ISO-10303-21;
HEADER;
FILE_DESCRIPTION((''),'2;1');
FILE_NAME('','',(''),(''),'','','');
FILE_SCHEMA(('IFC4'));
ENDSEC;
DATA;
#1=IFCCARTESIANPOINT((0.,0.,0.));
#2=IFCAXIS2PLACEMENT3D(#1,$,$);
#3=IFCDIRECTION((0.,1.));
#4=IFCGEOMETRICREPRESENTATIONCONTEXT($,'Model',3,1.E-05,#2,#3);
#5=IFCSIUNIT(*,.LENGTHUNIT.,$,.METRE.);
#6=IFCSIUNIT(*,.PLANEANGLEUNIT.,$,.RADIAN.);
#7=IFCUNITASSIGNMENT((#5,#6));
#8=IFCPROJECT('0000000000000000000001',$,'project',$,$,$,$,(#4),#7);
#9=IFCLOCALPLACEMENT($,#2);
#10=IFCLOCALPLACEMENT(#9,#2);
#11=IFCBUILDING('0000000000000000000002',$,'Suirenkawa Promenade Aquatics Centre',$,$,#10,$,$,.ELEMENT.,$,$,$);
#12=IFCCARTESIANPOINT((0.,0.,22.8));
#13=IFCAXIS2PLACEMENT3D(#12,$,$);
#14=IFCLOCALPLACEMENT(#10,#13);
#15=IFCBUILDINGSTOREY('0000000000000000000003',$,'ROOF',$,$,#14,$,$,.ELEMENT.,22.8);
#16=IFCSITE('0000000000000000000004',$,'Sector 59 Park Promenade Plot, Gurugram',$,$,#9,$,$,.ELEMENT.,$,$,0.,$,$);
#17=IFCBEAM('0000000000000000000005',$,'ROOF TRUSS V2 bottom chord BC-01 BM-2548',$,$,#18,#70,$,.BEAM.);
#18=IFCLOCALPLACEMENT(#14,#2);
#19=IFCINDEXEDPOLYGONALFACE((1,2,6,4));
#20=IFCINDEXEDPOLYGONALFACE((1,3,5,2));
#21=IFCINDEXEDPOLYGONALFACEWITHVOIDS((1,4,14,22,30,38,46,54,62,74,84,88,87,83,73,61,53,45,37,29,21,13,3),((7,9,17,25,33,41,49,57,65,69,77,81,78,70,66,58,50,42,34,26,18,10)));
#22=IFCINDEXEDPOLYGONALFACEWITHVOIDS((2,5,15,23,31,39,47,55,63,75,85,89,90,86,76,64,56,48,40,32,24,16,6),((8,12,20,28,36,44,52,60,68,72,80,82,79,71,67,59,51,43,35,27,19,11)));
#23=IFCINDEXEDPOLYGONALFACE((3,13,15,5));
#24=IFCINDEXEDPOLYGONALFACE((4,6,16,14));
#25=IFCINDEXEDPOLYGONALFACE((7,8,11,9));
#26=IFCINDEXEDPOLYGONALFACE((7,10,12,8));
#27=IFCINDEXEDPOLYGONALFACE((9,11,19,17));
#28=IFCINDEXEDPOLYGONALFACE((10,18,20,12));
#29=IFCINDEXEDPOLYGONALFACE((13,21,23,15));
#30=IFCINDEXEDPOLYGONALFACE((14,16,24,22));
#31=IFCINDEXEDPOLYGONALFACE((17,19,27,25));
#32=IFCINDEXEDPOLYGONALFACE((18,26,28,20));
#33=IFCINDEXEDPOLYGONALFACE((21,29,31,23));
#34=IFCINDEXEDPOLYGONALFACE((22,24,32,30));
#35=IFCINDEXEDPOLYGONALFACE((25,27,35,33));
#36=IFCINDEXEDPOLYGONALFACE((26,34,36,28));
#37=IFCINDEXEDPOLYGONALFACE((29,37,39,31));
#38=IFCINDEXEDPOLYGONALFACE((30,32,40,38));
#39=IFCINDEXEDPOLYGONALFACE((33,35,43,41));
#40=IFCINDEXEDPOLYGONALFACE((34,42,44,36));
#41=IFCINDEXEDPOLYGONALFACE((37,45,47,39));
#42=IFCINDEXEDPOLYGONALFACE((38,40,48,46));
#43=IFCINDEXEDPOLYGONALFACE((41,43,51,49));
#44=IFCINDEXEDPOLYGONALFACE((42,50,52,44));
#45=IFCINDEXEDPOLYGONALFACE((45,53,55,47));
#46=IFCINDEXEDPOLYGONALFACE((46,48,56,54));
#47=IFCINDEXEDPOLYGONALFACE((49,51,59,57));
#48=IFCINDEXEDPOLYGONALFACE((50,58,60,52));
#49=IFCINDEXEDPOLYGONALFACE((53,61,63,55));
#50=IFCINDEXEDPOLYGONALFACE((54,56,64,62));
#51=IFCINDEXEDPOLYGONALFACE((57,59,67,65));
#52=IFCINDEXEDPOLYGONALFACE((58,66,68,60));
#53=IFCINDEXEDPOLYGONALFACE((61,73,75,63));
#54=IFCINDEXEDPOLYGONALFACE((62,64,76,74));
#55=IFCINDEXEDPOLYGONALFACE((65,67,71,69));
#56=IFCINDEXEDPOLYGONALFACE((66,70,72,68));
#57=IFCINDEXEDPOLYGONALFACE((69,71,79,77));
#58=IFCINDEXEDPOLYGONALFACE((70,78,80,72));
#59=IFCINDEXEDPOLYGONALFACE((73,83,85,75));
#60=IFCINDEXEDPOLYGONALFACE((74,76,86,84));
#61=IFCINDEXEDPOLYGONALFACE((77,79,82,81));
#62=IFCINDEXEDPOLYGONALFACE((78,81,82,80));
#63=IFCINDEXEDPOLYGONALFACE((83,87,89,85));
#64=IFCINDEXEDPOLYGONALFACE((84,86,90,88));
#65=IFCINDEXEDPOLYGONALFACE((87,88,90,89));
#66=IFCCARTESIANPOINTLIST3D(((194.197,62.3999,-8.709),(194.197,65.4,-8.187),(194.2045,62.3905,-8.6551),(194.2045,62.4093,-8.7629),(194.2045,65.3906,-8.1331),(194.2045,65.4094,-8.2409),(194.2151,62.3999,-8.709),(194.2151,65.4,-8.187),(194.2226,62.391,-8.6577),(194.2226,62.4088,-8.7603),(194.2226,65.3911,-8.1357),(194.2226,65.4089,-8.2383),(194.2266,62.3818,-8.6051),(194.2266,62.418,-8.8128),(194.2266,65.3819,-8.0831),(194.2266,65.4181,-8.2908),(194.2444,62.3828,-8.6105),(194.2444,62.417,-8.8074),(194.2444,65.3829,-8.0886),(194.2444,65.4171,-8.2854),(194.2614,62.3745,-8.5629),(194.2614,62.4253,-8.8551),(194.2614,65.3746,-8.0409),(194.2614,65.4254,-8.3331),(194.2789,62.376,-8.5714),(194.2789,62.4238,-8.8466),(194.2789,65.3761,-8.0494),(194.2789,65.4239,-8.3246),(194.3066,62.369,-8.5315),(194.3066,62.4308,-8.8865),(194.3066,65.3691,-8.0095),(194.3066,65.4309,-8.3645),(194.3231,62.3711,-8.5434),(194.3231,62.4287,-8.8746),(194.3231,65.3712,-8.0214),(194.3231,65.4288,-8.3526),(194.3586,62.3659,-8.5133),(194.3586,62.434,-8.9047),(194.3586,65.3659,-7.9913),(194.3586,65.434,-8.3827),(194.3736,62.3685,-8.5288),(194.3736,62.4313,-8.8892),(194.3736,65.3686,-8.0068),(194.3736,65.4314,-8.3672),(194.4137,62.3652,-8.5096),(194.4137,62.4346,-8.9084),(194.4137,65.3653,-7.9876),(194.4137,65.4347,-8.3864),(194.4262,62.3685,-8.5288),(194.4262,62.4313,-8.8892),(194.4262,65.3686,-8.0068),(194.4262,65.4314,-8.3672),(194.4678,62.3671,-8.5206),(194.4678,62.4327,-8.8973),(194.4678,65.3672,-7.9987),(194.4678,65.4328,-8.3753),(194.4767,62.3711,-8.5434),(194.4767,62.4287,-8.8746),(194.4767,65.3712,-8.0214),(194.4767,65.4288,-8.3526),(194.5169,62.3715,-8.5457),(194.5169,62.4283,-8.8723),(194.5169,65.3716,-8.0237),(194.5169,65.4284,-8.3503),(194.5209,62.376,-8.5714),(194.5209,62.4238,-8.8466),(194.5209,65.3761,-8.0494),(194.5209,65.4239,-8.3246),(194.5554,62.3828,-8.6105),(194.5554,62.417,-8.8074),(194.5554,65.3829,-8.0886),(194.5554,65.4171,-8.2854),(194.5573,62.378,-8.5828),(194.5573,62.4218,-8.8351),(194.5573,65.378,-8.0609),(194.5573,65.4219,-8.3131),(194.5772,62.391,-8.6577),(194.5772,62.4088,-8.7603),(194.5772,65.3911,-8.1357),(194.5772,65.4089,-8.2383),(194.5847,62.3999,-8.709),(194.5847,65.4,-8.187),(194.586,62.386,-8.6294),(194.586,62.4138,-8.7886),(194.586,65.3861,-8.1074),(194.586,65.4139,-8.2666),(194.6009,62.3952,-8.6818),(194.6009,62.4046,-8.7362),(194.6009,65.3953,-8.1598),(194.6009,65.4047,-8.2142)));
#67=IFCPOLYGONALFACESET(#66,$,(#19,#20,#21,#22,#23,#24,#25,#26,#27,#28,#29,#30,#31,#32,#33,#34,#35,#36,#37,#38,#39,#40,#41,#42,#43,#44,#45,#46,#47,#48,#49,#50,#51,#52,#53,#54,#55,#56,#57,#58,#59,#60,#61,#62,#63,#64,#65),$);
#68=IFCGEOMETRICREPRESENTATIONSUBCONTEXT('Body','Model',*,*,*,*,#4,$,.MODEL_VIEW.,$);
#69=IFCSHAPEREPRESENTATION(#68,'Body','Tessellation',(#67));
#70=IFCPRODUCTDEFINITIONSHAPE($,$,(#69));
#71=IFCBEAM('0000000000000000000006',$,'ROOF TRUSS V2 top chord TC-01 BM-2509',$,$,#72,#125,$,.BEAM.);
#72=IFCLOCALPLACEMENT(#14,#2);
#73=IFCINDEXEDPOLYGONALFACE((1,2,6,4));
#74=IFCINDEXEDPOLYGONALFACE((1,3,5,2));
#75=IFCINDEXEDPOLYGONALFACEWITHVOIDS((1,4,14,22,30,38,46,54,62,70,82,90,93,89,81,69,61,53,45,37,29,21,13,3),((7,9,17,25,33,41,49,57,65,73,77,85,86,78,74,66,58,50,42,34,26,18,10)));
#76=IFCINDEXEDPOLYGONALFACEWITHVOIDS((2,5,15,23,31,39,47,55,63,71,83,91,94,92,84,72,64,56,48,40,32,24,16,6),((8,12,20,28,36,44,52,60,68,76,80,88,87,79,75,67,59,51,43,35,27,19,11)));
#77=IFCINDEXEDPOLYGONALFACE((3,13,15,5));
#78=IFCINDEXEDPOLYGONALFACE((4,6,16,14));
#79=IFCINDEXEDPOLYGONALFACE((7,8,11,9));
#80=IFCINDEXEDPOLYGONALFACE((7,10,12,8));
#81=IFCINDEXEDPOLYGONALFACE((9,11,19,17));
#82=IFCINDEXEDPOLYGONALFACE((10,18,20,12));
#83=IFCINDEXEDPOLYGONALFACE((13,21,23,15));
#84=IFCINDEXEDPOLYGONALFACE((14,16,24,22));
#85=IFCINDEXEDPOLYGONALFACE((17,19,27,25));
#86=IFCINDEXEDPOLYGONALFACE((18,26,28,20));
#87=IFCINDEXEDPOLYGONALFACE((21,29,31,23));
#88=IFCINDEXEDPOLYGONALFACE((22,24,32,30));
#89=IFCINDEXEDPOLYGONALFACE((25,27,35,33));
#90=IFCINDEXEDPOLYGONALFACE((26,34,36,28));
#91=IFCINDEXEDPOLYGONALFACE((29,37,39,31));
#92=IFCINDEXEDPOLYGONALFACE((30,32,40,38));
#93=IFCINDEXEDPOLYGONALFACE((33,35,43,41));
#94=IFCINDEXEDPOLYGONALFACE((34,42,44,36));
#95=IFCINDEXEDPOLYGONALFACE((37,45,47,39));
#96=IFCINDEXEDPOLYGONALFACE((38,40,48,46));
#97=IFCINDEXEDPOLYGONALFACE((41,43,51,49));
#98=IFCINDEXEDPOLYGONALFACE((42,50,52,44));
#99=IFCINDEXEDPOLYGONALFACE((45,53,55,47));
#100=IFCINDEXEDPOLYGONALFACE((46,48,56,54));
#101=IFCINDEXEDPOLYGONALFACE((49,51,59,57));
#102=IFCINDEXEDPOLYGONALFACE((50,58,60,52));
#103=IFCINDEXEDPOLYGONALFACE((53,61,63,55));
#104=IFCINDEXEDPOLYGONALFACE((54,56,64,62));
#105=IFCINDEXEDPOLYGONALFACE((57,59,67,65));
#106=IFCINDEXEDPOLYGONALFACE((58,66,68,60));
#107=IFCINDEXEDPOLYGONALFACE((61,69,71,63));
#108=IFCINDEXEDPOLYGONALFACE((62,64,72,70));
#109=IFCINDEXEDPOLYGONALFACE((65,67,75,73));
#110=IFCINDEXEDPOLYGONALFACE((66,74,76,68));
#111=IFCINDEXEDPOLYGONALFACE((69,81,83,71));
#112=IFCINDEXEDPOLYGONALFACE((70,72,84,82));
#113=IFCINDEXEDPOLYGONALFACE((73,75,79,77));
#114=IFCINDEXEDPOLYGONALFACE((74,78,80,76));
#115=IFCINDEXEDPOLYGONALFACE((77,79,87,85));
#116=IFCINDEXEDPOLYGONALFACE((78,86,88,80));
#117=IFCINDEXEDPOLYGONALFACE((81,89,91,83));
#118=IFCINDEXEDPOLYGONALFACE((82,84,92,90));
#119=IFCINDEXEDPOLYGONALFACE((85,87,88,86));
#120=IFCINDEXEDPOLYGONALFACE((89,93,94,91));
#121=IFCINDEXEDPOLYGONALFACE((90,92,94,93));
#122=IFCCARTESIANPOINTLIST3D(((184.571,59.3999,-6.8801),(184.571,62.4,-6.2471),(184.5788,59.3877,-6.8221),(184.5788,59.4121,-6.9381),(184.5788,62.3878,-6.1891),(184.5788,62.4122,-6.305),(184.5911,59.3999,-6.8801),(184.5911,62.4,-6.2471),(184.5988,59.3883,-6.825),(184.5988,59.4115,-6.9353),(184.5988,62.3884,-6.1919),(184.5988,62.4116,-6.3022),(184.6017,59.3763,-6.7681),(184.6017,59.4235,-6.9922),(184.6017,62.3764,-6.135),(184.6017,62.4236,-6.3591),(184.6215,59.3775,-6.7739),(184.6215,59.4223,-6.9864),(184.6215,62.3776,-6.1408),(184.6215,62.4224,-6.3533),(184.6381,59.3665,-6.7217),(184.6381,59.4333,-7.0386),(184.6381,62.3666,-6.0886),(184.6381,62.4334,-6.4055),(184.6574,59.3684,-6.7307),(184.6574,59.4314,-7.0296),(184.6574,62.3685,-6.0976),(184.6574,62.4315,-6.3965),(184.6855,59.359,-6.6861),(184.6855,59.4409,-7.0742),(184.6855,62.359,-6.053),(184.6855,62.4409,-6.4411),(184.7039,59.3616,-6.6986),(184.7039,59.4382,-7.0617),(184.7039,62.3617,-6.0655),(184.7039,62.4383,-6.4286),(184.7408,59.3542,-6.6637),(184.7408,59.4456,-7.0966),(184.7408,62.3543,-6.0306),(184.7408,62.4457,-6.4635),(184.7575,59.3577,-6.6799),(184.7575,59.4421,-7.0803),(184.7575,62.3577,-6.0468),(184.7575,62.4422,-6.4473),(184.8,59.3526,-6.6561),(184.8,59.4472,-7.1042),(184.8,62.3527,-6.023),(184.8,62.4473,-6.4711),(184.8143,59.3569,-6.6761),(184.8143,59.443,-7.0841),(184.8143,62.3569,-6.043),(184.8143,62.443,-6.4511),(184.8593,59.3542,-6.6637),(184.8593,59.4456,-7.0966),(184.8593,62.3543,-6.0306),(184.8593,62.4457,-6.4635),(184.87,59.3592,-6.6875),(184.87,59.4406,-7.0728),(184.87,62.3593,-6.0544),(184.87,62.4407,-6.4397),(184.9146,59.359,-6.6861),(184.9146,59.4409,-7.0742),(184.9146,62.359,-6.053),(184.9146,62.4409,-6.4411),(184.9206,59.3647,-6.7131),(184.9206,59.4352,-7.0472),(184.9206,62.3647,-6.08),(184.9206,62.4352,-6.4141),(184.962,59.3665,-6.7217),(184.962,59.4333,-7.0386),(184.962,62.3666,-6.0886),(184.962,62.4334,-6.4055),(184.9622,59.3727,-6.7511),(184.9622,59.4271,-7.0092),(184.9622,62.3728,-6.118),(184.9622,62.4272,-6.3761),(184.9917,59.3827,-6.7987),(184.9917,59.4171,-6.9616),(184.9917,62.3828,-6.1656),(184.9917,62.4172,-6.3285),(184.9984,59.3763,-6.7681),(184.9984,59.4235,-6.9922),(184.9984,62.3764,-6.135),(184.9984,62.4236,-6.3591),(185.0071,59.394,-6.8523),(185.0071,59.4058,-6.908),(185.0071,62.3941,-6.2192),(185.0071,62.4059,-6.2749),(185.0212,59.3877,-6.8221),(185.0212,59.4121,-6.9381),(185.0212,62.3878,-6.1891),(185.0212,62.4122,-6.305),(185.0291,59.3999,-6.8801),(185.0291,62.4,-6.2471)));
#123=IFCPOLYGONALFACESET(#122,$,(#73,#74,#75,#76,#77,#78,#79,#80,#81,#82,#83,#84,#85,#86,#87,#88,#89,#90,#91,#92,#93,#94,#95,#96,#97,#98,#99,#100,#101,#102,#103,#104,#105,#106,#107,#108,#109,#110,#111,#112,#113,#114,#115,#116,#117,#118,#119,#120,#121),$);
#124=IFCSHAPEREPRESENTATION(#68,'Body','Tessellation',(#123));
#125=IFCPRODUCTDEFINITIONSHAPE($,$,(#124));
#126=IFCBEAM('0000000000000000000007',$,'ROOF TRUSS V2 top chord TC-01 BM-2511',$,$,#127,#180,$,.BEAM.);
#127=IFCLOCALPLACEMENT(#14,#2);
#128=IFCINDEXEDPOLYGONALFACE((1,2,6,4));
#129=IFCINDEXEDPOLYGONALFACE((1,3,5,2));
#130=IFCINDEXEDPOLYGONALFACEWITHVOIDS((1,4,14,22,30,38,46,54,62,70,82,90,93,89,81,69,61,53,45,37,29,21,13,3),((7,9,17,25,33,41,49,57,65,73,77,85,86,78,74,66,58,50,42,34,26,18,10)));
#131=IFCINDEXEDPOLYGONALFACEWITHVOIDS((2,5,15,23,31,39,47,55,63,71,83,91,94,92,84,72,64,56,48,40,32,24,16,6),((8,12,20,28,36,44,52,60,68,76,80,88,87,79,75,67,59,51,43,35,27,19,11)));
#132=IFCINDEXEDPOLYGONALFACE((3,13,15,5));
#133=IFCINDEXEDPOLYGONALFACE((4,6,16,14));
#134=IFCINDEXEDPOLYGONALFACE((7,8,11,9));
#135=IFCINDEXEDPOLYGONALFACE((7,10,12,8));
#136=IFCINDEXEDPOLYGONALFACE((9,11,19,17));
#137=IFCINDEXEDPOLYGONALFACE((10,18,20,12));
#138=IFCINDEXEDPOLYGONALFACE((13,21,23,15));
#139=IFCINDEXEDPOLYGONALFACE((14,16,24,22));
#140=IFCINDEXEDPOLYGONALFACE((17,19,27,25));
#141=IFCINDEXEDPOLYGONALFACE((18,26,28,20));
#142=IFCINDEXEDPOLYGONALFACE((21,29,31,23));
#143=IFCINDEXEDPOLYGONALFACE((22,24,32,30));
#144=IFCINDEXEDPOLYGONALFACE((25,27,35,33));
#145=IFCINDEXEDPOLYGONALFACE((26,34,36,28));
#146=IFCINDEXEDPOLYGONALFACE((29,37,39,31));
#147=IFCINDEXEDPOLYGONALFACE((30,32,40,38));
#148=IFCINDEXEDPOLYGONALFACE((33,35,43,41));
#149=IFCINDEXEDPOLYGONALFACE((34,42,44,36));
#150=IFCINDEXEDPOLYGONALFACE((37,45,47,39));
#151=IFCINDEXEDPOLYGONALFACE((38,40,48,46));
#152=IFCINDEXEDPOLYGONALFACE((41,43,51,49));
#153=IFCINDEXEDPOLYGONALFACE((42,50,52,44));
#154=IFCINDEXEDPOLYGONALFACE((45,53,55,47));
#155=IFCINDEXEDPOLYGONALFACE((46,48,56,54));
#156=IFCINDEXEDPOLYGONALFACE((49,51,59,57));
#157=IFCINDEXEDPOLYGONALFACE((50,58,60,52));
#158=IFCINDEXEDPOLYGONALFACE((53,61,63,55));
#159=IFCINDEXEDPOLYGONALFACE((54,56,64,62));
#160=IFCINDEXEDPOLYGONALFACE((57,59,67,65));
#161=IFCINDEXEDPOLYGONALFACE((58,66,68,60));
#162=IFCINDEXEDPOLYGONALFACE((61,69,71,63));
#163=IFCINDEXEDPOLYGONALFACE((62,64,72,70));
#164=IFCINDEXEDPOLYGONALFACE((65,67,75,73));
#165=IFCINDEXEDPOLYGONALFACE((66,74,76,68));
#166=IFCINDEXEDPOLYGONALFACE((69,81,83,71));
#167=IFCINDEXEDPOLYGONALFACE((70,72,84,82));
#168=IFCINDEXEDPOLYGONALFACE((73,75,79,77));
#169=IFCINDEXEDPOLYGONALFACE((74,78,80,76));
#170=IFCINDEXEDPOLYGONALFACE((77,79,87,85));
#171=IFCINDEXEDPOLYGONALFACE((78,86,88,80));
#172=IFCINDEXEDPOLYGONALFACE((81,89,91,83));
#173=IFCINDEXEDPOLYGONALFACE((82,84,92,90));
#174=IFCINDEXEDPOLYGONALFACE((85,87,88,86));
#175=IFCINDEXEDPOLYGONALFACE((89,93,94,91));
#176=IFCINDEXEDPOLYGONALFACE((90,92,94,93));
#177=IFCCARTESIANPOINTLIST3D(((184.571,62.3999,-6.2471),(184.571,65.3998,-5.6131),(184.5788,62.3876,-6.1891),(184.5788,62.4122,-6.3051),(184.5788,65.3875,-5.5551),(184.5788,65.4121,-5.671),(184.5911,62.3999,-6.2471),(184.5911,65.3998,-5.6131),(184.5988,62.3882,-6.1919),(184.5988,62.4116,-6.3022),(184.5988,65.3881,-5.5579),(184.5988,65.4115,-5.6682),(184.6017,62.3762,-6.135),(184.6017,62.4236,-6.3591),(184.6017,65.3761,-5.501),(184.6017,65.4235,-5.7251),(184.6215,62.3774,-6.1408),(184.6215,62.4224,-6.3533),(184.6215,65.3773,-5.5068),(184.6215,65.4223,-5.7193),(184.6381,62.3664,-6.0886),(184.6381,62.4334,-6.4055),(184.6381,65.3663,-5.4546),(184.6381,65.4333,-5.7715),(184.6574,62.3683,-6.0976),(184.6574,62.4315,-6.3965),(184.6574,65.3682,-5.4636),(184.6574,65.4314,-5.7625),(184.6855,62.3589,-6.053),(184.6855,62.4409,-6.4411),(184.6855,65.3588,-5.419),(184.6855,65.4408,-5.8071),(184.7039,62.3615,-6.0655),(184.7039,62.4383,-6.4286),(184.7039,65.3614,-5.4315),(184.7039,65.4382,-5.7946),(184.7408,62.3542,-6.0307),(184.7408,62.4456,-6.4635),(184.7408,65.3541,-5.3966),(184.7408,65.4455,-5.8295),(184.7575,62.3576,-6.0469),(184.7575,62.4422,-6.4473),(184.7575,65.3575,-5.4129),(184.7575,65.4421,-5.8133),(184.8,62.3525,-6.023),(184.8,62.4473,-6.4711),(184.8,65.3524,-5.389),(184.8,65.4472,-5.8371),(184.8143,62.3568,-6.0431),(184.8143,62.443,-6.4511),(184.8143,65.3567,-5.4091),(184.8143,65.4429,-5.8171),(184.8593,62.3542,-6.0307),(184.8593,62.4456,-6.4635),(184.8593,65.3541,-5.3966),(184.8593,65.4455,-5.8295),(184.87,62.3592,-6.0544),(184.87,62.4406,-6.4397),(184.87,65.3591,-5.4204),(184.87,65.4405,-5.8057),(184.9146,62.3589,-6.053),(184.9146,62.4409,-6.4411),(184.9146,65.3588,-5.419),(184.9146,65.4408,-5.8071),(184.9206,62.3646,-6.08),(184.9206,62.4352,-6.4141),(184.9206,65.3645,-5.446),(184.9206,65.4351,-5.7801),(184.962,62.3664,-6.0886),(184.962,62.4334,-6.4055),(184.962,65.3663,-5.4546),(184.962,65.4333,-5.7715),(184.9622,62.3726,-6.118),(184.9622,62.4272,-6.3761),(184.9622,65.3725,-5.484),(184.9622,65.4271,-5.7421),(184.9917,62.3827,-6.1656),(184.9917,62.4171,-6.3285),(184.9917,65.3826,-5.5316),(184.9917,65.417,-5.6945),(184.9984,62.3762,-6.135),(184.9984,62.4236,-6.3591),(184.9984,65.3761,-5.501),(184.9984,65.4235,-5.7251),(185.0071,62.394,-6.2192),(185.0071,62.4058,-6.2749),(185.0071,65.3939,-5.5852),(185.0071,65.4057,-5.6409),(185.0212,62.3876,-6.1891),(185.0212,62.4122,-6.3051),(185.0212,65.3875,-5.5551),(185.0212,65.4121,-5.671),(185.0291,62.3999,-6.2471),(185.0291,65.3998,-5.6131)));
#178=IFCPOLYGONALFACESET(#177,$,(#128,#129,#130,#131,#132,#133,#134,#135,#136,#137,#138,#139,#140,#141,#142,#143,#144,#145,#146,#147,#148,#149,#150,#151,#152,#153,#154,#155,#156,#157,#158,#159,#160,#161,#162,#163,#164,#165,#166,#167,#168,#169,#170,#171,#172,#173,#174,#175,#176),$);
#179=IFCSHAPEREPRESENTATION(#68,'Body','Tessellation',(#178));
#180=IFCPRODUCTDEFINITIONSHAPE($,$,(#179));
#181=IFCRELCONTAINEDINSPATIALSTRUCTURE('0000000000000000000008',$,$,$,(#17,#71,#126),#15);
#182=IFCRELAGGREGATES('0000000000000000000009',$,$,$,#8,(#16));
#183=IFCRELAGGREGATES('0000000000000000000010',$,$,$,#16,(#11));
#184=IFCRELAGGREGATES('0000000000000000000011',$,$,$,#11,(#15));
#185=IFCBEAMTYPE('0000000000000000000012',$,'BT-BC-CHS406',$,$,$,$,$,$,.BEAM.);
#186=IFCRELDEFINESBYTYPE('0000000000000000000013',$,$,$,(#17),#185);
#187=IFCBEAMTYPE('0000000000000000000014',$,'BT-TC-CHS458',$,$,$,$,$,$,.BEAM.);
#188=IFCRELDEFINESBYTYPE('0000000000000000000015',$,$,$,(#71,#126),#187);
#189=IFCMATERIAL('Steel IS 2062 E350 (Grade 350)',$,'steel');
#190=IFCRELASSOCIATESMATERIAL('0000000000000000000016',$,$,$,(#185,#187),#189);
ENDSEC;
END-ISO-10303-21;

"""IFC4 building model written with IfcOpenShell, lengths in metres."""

from ifc_helpers import new_model, si_unit, direction, frame, origin, origin_2d, place, context, subcontext, project, spatial, hollow_circle, extrude, material, material_profile, profile_set, type_object, element, save


model = new_model("IFC4")

# Units and contexts
model_context = context("Model", 3, precision=1e-05, world=origin(), true_north=direction((0.0, 1.0)))
body_context = subcontext(model_context, "Body", "Model", "MODEL_VIEW")
ifc_project = project(units=[si_unit("LENGTHUNIT", "METRE"), si_unit("PLANEANGLEUNIT", "RADIAN")], contexts=[model_context])

# Site, building, storey
site_placement = place(None, origin())
site = spatial("IfcSite", under=ifc_project, at=site_placement, Name="Sector 59 Park Promenade Plot, Gurugram", CompositionType="ELEMENT", RefElevation=0.0)
building_placement = place(site_placement, origin())
building = spatial("IfcBuilding", under=site, at=building_placement, Name="Suirenkawa Promenade Aquatics Centre", CompositionType="ELEMENT")
storey_placement = place(building_placement, frame((0.0, 0.0, 22.8)))
storey = spatial("IfcBuildingStorey", under=building, at=storey_placement, Name="ROOF", CompositionType="ELEMENT", Elevation=22.8)

# Beams
ifc_material = material(Name="Steel IS 2062 E350 (Grade 350)", Category="steel")
ifc_material_profile_1 = material_profile(ifc_material, hollow_circle(Radius=0.2029, WallThickness=0.0181, at=origin_2d()), Name="CHS 406x18", Category="steel")
ifc_profile_set_1 = profile_set([ifc_material_profile_1], Name="Steel IS 2062 E350 (Grade 350)")
beam_type_1 = type_object("IfcBeamType", Name="BT-BC-CHS406", PredefinedType="BEAM", material=ifc_profile_set_1)
beam_1_placement = place(storey_placement, frame((194.3999, 62.3999, -8.709), z_axis=(0.0, 0.985199, 0.171416), x_axis=(-1.0, 0.0, 0.0)))
element("IfcBeam", 1, at=beam_1_placement, inside=storey, type_object=beam_type_1, Name="ROOF TRUSS V2 bottom chord BC-01 BM-2548", PredefinedType="BEAM", context=body_context, shape_type="SweptSolid", body=[
    extrude(hollow_circle(Radius=0.2029, WallThickness=0.0181, at=origin_2d()), origin(), (0.0, 0.0, 1.0), 3.0452),
])
ifc_material_profile_2 = material_profile(ifc_material, hollow_circle(Radius=0.229, WallThickness=0.02, at=origin_2d()), Name="CHS 458x20", Category="steel")
ifc_profile_set_2 = profile_set([ifc_material_profile_2], Name="Steel IS 2062 E350 (Grade 350)")
beam_type_2 = type_object("IfcBeamType", Name="BT-TC-CHS458", PredefinedType="BEAM", material=ifc_profile_set_2)
for number, where, z_axis, x_axis, name in (
    (2, (184.8, 59.3999, -6.8801), (0.0, 0.978453, 0.206472), (-1.0, 0.0, 0.0), "ROOF TRUSS V2 top chord TC-01 BM-2509"),
    (3, (184.8, 62.3999, -6.2471), (0.0, 0.978388, 0.206777), (-1.0, 0.0, 0.0), "ROOF TRUSS V2 top chord TC-01 BM-2511"),
):
    element("IfcBeam", number, at=place(storey_placement, frame(where, z_axis=z_axis, x_axis=x_axis)), inside=storey, type_object=beam_type_2, Name=name, PredefinedType="BEAM", context=body_context, shape_type="SweptSolid", body=[
        extrude(hollow_circle(Radius=0.229, WallThickness=0.02, at=origin_2d()), origin(), (0.0, 0.0, 1.0), 3.0662),
    ])

save(model, "model.ifc")
